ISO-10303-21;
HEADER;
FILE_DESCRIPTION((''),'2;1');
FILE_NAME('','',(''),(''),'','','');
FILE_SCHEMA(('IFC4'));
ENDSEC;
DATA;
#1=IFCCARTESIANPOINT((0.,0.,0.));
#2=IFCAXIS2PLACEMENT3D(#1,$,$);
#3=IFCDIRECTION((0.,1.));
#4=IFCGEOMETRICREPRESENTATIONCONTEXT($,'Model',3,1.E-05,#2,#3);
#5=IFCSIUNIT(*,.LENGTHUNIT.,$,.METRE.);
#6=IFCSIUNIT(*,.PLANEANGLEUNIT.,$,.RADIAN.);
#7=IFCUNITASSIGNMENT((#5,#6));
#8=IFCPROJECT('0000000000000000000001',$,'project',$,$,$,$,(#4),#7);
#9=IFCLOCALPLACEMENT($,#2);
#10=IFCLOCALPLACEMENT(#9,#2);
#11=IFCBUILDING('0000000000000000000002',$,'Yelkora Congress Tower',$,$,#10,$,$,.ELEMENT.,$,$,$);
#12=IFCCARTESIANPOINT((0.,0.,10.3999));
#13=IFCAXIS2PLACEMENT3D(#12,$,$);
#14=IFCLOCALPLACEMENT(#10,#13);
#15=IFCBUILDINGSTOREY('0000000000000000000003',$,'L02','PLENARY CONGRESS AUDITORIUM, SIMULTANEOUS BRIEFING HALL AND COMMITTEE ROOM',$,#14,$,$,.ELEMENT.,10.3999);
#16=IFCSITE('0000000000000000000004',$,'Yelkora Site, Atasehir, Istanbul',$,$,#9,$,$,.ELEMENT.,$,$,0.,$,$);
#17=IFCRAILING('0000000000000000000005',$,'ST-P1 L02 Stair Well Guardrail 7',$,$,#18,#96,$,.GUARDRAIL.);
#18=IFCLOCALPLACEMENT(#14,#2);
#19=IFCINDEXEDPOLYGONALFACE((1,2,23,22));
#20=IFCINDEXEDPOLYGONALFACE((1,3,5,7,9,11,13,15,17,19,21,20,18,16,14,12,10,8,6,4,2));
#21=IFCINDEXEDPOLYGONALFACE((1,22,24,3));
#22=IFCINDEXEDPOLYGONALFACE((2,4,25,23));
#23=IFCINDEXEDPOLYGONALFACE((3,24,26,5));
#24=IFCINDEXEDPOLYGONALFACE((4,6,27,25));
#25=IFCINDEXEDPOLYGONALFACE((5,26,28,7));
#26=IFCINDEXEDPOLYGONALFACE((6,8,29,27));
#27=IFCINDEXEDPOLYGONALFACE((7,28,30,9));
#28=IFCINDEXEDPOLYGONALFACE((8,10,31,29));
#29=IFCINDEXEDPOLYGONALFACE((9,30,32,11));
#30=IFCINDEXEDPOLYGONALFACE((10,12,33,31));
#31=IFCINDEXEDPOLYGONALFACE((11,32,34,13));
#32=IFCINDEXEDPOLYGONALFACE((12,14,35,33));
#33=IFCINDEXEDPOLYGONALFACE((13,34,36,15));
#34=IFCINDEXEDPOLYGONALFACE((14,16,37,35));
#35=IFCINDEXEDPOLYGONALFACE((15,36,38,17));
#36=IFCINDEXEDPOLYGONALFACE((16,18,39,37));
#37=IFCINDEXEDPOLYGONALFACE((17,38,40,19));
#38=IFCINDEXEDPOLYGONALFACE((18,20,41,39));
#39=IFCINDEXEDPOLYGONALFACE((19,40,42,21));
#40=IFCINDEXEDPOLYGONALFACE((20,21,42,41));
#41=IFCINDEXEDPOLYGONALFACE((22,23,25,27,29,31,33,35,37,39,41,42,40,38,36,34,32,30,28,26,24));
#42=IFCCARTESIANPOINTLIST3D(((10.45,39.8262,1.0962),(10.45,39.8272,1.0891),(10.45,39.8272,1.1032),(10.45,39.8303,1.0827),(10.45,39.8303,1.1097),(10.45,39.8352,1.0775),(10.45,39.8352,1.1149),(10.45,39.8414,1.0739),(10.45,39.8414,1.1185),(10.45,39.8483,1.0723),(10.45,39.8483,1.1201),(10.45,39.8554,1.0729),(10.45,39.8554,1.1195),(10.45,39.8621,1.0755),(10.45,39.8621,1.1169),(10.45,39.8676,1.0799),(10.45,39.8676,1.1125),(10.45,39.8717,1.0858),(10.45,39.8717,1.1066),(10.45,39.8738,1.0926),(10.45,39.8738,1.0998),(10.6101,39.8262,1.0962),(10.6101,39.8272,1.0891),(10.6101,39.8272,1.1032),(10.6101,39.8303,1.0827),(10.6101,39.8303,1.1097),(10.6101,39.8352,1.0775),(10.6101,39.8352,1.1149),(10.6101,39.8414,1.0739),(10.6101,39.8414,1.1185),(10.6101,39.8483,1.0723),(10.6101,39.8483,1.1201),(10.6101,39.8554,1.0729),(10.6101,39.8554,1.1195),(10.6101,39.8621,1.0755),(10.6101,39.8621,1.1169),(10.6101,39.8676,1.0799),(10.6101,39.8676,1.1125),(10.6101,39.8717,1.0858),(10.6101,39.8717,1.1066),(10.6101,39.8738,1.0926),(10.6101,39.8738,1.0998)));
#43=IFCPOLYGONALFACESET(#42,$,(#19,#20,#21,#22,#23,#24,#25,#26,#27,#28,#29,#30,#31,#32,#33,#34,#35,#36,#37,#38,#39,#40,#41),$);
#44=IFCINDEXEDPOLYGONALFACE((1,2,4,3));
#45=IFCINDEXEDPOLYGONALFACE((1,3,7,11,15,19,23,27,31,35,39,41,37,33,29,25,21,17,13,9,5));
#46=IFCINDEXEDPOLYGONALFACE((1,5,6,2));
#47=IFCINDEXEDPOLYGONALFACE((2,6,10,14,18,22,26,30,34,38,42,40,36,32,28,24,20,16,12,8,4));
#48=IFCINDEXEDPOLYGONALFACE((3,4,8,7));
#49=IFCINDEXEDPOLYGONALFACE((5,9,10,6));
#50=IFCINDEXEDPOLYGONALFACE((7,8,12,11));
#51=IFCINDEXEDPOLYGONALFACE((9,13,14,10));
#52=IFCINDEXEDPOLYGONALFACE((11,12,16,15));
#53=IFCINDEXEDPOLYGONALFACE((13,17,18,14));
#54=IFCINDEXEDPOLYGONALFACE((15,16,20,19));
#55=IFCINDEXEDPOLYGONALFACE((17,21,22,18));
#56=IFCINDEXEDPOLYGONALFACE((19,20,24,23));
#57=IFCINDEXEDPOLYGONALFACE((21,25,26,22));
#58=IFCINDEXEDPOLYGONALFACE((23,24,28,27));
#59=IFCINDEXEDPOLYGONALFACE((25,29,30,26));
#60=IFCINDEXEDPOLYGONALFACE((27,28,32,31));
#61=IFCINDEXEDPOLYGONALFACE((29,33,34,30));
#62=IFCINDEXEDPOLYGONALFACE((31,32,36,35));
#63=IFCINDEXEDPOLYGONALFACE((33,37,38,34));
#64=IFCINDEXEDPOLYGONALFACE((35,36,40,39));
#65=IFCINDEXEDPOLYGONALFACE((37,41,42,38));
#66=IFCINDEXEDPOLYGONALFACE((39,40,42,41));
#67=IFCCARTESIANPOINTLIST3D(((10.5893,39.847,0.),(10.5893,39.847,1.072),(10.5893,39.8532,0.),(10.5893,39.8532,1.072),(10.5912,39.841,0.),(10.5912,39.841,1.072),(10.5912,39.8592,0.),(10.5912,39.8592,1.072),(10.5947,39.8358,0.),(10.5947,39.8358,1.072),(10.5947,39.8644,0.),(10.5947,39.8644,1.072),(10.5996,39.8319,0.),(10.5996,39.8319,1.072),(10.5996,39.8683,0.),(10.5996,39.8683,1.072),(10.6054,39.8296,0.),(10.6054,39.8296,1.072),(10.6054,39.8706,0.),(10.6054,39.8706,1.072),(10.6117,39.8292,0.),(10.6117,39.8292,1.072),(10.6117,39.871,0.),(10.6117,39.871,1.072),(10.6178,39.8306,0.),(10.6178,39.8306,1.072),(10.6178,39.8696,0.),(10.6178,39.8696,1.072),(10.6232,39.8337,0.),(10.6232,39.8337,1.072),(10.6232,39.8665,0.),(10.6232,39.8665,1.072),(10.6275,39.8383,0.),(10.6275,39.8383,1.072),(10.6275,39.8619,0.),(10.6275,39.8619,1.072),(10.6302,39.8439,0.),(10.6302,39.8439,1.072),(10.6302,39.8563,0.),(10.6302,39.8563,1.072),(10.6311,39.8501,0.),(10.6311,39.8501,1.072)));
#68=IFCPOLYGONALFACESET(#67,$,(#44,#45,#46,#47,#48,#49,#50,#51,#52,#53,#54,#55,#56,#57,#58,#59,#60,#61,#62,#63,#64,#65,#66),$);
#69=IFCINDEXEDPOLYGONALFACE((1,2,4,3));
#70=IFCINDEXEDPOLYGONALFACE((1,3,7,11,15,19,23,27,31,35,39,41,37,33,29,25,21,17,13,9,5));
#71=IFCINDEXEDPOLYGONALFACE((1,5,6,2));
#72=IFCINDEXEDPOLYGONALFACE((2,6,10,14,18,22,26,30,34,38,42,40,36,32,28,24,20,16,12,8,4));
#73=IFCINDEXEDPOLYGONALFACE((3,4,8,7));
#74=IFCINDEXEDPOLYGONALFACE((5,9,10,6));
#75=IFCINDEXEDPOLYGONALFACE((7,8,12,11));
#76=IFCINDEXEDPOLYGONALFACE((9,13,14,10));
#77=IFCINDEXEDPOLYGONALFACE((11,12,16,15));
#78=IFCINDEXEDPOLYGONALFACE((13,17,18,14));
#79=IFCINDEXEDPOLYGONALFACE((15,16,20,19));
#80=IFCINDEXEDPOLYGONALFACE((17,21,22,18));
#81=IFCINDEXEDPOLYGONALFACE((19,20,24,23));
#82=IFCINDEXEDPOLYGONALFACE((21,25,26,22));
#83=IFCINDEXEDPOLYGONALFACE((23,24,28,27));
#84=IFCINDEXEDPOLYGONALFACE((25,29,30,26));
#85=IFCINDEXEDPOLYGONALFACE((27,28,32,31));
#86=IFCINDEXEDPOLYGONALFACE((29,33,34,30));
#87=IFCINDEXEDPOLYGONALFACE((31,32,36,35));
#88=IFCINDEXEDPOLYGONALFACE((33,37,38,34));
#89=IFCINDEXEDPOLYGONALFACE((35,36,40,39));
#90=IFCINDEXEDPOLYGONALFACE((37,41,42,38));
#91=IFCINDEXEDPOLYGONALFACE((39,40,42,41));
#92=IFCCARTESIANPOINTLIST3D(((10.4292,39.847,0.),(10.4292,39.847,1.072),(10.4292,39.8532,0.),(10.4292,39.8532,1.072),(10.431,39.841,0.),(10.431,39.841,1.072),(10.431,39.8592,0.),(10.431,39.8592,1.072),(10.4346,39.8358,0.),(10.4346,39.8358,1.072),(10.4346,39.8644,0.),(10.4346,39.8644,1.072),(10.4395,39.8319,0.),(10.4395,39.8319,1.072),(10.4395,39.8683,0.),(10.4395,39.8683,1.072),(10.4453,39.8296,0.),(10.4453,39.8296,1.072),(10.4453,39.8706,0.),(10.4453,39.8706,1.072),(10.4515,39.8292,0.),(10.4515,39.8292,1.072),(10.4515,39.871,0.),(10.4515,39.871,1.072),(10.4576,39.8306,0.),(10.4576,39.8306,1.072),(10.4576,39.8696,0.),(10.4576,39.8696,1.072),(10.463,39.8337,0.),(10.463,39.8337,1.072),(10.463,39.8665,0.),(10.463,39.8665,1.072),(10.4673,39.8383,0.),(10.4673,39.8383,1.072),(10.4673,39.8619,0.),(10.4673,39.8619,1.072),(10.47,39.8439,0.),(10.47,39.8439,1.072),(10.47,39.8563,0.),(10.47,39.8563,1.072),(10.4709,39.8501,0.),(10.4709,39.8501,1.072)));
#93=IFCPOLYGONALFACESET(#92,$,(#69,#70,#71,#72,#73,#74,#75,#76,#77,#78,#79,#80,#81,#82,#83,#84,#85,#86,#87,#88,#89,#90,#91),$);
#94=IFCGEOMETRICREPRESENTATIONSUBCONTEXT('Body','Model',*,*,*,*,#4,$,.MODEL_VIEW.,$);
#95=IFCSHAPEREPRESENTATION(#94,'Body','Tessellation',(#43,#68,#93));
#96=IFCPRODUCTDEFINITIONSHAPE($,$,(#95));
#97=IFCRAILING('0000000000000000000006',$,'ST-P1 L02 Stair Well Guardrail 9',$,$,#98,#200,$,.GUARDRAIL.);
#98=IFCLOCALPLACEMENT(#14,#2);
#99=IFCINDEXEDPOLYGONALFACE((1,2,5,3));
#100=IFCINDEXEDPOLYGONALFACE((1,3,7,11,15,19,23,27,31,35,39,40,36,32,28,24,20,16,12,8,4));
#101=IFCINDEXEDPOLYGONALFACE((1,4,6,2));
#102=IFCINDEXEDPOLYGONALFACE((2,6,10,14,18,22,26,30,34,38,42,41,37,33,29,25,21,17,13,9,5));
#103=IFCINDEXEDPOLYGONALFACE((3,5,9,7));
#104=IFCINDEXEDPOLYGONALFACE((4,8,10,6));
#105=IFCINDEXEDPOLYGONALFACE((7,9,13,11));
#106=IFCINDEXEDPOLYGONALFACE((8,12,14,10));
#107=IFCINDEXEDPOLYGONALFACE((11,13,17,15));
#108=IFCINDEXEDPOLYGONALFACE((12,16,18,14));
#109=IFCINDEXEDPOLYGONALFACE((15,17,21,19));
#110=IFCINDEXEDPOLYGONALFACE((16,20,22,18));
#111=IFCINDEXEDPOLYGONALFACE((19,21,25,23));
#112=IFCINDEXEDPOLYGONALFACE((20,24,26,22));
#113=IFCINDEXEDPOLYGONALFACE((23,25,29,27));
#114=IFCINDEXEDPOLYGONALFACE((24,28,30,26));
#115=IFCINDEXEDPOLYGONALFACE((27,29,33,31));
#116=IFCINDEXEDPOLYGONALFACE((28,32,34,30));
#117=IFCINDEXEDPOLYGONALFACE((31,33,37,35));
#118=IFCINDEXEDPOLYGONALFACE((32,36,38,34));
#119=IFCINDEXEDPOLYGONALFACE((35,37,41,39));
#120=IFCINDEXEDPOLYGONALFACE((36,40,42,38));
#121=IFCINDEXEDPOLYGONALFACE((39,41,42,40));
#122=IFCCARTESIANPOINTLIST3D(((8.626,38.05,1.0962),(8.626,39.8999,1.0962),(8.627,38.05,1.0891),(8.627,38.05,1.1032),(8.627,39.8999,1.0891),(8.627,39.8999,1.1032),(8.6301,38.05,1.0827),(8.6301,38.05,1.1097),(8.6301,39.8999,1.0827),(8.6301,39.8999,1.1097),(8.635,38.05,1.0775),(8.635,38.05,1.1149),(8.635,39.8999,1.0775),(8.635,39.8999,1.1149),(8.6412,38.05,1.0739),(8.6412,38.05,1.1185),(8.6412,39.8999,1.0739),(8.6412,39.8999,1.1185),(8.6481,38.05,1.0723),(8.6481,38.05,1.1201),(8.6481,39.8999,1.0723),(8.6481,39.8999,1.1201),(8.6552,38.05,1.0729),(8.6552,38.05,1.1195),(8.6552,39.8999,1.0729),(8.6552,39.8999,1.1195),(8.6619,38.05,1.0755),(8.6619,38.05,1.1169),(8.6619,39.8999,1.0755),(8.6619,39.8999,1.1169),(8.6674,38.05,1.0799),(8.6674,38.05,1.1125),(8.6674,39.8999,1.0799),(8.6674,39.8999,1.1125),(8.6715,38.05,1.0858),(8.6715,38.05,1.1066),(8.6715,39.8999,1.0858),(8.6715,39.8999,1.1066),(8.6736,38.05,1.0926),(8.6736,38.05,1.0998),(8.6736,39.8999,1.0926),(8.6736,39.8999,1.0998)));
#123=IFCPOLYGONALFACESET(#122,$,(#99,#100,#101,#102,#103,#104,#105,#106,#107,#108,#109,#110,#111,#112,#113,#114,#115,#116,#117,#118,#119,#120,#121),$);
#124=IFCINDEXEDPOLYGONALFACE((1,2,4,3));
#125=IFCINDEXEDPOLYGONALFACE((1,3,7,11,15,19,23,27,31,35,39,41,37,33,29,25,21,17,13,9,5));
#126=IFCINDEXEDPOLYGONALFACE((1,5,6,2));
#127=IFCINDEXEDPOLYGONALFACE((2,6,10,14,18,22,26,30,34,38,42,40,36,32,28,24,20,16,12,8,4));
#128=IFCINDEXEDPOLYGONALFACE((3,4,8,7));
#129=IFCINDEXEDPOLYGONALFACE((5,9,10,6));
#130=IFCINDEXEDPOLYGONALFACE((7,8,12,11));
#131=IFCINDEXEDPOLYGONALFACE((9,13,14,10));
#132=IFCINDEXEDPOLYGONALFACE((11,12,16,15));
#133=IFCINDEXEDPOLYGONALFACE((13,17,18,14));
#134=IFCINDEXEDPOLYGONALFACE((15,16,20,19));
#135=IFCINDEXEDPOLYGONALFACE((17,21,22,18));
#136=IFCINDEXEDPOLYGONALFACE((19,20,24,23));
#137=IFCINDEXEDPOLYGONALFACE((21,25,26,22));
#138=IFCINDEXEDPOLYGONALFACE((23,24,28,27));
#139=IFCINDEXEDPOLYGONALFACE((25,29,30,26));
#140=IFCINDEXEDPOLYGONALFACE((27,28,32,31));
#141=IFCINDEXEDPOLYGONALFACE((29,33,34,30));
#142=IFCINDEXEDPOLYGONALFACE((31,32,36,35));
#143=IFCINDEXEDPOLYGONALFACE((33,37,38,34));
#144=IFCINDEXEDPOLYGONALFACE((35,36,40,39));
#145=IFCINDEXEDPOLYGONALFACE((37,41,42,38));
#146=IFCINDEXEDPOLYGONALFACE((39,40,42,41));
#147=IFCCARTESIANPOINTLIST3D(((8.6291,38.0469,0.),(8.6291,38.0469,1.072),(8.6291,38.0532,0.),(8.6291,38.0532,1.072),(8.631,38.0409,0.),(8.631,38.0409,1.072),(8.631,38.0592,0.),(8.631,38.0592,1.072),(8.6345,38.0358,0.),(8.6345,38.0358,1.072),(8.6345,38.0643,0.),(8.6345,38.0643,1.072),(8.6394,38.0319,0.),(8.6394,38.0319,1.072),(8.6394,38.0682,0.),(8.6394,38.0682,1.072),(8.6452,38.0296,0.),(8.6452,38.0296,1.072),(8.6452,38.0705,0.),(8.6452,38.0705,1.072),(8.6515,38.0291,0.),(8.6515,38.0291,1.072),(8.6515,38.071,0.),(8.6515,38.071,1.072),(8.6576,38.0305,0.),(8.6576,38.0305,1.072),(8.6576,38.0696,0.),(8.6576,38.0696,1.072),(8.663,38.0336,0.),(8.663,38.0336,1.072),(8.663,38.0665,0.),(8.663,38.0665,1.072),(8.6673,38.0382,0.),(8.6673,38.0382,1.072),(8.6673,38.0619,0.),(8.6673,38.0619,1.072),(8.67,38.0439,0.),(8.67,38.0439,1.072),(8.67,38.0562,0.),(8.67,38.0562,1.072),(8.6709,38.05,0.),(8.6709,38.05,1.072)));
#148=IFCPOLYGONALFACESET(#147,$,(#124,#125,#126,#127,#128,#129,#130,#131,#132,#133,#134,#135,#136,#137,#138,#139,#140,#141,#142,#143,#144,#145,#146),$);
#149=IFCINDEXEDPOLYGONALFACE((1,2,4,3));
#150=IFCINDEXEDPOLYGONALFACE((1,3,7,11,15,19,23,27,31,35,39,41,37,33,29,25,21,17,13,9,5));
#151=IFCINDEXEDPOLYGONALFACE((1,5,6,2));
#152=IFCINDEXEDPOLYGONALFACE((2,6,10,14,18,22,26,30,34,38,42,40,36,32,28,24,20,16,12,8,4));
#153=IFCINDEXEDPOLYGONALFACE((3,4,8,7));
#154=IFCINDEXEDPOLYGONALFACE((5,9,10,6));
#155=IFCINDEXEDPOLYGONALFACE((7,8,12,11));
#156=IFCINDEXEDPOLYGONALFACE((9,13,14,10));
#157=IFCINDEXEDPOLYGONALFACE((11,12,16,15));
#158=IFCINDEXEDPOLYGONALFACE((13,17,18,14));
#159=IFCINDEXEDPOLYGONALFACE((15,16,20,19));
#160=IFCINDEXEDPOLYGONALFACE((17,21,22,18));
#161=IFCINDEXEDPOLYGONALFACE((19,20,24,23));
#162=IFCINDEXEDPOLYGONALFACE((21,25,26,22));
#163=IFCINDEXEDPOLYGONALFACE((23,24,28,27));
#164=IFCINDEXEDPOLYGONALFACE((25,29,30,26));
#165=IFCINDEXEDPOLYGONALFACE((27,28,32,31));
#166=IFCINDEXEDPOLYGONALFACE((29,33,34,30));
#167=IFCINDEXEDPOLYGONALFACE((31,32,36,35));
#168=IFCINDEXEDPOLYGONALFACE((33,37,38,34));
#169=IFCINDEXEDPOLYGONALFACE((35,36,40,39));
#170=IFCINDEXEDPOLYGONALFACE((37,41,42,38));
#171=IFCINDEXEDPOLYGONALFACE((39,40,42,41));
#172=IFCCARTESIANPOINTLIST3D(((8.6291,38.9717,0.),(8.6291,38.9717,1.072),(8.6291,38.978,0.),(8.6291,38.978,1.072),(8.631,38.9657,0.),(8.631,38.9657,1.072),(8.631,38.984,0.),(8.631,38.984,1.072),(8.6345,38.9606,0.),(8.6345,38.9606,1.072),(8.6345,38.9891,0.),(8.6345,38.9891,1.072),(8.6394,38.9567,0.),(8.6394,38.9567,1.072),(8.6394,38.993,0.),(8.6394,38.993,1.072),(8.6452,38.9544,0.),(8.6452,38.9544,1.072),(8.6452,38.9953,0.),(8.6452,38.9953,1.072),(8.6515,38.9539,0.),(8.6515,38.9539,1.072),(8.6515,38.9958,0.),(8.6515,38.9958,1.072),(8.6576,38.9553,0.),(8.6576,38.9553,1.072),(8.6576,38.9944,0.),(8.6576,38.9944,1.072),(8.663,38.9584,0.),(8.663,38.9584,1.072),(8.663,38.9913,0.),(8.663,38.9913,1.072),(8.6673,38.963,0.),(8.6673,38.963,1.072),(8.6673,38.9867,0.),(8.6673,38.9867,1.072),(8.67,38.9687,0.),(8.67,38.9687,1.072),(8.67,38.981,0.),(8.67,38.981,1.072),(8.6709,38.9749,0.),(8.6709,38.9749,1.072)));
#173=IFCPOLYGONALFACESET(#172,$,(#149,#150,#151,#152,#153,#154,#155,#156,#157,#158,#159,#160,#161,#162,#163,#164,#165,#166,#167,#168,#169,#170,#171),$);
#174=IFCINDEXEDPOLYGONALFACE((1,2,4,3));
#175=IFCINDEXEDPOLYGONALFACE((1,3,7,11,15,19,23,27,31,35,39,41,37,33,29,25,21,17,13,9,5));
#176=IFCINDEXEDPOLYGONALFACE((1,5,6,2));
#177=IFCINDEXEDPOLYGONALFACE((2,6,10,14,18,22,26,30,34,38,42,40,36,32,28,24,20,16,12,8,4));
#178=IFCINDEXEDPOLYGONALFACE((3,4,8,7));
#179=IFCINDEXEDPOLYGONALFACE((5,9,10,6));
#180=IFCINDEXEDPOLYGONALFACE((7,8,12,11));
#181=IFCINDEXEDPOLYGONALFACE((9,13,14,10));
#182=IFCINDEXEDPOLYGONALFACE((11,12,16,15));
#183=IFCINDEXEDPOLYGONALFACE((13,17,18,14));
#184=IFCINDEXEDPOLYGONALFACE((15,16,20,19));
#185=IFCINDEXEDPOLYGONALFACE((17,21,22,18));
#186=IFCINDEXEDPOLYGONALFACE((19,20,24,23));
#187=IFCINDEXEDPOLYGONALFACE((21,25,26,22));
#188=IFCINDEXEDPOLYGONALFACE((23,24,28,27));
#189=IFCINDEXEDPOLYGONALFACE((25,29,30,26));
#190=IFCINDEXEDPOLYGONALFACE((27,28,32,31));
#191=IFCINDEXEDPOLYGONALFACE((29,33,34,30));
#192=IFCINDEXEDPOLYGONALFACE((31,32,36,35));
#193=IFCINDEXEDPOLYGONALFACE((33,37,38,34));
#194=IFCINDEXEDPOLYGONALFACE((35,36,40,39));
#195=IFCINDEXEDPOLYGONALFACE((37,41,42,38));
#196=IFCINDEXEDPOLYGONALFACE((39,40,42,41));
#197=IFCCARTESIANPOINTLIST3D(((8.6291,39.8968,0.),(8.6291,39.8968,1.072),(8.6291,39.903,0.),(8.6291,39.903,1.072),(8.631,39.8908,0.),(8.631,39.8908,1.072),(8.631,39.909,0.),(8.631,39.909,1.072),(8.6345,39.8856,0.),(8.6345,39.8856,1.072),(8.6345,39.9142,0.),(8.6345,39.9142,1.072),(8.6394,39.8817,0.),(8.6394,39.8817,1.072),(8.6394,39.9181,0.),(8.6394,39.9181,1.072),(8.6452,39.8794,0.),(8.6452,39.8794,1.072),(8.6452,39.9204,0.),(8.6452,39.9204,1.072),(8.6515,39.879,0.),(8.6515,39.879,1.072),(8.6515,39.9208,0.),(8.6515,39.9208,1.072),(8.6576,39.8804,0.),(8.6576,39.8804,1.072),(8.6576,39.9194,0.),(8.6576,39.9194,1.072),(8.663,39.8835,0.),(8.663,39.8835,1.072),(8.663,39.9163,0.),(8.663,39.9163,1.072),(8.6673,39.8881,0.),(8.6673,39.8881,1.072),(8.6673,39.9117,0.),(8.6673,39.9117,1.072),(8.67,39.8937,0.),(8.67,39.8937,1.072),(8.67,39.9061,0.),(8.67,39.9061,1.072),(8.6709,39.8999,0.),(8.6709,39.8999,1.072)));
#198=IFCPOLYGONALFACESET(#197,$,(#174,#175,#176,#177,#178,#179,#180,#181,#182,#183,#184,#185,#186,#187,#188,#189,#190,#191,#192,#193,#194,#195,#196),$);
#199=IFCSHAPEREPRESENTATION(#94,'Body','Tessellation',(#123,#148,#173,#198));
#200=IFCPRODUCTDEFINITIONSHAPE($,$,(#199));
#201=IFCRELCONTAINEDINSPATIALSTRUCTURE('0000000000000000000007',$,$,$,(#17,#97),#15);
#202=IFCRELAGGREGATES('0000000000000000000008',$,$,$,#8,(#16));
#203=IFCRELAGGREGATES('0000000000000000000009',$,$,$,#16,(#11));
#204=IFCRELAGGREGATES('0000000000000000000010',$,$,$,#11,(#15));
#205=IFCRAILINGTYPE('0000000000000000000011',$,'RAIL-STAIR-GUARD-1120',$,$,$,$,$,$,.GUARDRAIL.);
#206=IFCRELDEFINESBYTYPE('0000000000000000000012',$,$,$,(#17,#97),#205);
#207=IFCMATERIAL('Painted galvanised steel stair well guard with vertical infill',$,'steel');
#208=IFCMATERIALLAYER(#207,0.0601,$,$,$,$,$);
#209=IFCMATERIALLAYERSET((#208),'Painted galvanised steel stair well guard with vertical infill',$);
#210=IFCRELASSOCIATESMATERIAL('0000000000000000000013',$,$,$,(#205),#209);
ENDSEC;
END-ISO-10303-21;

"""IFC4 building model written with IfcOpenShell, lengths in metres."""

from ifc_helpers import new_model, si_unit, direction, frame, origin, origin_2d, place, context, subcontext, project, spatial, circle, extrude, material, layer, layer_set, type_object, element, save


model = new_model("IFC4")

# Units and contexts
model_context = context("Model", 3, precision=1e-05, world=origin(), true_north=direction((0.0, 1.0)))
body_context = subcontext(model_context, "Body", "Model", "MODEL_VIEW")
ifc_project = project(units=[si_unit("LENGTHUNIT", "METRE"), si_unit("PLANEANGLEUNIT", "RADIAN")], contexts=[model_context])

# Site, building, storey
site_placement = place(None, origin())
site = spatial("IfcSite", under=ifc_project, at=site_placement, Name="Yelkora Site, Atasehir, Istanbul", CompositionType="ELEMENT", RefElevation=0.0)
building_placement = place(site_placement, origin())
building = spatial("IfcBuilding", under=site, at=building_placement, Name="Yelkora Congress Tower", CompositionType="ELEMENT")
storey_placement = place(building_placement, frame((0.0, 0.0, 10.3999)))
storey = spatial("IfcBuildingStorey", under=building, at=storey_placement, Name="L02", Description="PLENARY CONGRESS AUDITORIUM, SIMULTANEOUS BRIEFING HALL AND COMMITTEE ROOM", CompositionType="ELEMENT", Elevation=10.3999)

# Railings
ifc_material_1 = material(Name="Painted galvanised steel stair well guard with vertical infill", Category="steel")
ifc_layer_1 = layer(ifc_material_1, 0.0601)
ifc_layer_set_1 = layer_set([ifc_layer_1], Name="Painted galvanised steel stair well guard with vertical infill")
railing_type_1 = type_object("IfcRailingType", Name="RAIL-STAIR-GUARD-1120", PredefinedType="GUARDRAIL", material=ifc_layer_set_1)
railing_1_placement = place(storey_placement, frame((10.6101, 39.8501, 0.0)))
element("IfcRailing", 1, at=railing_1_placement, inside=storey, type_object=railing_type_1, Name="ST-P1 L02 Stair Well Guardrail 7", PredefinedType="GUARDRAIL", context=body_context, shape_type="SweptSolid", body=[
    extrude(circle(Radius=0.0239, at=origin_2d()), frame((0.0, 0.0, 1.0962), z_axis=(-1.0, 0.0, 0.0), x_axis=(0.0, -1.0, 0.0)), (0.0, 0.0, 1.0), 0.1602),
    extrude(circle(Radius=0.021, at=origin_2d()), origin(), (0.0, 0.0, 1.0), 1.072),
    extrude(circle(Radius=0.021, at=origin_2d()), frame((-0.1602, 0.0, 0.0)), (0.0, 0.0, 1.0), 1.072),
])
railing_2_placement = place(storey_placement, frame((8.6499, 38.05, 0.0)))
element("IfcRailing", 2, at=railing_2_placement, inside=storey, type_object=railing_type_1, Name="ST-P1 L02 Stair Well Guardrail 9", PredefinedType="GUARDRAIL", context=body_context, shape_type="SweptSolid", body=[
    extrude(circle(Radius=0.0239, at=origin_2d()), frame((0.0, 0.0, 1.0962), z_axis=(0.0, 1.0, 0.0), x_axis=(-1.0, 0.0, 0.0)), (0.0, 0.0, 1.0), 1.8499),
    extrude(circle(Radius=0.021, at=origin_2d()), origin(), (0.0, 0.0, 1.0), 1.072),
    extrude(circle(Radius=0.021, at=origin_2d()), frame((0.0, 0.9248, 0.0)), (0.0, 0.0, 1.0), 1.072),
    extrude(circle(Radius=0.021, at=origin_2d()), frame((0.0, 1.8499, 0.0)), (0.0, 0.0, 1.0), 1.072),
])

save(model, "model.ifc")
